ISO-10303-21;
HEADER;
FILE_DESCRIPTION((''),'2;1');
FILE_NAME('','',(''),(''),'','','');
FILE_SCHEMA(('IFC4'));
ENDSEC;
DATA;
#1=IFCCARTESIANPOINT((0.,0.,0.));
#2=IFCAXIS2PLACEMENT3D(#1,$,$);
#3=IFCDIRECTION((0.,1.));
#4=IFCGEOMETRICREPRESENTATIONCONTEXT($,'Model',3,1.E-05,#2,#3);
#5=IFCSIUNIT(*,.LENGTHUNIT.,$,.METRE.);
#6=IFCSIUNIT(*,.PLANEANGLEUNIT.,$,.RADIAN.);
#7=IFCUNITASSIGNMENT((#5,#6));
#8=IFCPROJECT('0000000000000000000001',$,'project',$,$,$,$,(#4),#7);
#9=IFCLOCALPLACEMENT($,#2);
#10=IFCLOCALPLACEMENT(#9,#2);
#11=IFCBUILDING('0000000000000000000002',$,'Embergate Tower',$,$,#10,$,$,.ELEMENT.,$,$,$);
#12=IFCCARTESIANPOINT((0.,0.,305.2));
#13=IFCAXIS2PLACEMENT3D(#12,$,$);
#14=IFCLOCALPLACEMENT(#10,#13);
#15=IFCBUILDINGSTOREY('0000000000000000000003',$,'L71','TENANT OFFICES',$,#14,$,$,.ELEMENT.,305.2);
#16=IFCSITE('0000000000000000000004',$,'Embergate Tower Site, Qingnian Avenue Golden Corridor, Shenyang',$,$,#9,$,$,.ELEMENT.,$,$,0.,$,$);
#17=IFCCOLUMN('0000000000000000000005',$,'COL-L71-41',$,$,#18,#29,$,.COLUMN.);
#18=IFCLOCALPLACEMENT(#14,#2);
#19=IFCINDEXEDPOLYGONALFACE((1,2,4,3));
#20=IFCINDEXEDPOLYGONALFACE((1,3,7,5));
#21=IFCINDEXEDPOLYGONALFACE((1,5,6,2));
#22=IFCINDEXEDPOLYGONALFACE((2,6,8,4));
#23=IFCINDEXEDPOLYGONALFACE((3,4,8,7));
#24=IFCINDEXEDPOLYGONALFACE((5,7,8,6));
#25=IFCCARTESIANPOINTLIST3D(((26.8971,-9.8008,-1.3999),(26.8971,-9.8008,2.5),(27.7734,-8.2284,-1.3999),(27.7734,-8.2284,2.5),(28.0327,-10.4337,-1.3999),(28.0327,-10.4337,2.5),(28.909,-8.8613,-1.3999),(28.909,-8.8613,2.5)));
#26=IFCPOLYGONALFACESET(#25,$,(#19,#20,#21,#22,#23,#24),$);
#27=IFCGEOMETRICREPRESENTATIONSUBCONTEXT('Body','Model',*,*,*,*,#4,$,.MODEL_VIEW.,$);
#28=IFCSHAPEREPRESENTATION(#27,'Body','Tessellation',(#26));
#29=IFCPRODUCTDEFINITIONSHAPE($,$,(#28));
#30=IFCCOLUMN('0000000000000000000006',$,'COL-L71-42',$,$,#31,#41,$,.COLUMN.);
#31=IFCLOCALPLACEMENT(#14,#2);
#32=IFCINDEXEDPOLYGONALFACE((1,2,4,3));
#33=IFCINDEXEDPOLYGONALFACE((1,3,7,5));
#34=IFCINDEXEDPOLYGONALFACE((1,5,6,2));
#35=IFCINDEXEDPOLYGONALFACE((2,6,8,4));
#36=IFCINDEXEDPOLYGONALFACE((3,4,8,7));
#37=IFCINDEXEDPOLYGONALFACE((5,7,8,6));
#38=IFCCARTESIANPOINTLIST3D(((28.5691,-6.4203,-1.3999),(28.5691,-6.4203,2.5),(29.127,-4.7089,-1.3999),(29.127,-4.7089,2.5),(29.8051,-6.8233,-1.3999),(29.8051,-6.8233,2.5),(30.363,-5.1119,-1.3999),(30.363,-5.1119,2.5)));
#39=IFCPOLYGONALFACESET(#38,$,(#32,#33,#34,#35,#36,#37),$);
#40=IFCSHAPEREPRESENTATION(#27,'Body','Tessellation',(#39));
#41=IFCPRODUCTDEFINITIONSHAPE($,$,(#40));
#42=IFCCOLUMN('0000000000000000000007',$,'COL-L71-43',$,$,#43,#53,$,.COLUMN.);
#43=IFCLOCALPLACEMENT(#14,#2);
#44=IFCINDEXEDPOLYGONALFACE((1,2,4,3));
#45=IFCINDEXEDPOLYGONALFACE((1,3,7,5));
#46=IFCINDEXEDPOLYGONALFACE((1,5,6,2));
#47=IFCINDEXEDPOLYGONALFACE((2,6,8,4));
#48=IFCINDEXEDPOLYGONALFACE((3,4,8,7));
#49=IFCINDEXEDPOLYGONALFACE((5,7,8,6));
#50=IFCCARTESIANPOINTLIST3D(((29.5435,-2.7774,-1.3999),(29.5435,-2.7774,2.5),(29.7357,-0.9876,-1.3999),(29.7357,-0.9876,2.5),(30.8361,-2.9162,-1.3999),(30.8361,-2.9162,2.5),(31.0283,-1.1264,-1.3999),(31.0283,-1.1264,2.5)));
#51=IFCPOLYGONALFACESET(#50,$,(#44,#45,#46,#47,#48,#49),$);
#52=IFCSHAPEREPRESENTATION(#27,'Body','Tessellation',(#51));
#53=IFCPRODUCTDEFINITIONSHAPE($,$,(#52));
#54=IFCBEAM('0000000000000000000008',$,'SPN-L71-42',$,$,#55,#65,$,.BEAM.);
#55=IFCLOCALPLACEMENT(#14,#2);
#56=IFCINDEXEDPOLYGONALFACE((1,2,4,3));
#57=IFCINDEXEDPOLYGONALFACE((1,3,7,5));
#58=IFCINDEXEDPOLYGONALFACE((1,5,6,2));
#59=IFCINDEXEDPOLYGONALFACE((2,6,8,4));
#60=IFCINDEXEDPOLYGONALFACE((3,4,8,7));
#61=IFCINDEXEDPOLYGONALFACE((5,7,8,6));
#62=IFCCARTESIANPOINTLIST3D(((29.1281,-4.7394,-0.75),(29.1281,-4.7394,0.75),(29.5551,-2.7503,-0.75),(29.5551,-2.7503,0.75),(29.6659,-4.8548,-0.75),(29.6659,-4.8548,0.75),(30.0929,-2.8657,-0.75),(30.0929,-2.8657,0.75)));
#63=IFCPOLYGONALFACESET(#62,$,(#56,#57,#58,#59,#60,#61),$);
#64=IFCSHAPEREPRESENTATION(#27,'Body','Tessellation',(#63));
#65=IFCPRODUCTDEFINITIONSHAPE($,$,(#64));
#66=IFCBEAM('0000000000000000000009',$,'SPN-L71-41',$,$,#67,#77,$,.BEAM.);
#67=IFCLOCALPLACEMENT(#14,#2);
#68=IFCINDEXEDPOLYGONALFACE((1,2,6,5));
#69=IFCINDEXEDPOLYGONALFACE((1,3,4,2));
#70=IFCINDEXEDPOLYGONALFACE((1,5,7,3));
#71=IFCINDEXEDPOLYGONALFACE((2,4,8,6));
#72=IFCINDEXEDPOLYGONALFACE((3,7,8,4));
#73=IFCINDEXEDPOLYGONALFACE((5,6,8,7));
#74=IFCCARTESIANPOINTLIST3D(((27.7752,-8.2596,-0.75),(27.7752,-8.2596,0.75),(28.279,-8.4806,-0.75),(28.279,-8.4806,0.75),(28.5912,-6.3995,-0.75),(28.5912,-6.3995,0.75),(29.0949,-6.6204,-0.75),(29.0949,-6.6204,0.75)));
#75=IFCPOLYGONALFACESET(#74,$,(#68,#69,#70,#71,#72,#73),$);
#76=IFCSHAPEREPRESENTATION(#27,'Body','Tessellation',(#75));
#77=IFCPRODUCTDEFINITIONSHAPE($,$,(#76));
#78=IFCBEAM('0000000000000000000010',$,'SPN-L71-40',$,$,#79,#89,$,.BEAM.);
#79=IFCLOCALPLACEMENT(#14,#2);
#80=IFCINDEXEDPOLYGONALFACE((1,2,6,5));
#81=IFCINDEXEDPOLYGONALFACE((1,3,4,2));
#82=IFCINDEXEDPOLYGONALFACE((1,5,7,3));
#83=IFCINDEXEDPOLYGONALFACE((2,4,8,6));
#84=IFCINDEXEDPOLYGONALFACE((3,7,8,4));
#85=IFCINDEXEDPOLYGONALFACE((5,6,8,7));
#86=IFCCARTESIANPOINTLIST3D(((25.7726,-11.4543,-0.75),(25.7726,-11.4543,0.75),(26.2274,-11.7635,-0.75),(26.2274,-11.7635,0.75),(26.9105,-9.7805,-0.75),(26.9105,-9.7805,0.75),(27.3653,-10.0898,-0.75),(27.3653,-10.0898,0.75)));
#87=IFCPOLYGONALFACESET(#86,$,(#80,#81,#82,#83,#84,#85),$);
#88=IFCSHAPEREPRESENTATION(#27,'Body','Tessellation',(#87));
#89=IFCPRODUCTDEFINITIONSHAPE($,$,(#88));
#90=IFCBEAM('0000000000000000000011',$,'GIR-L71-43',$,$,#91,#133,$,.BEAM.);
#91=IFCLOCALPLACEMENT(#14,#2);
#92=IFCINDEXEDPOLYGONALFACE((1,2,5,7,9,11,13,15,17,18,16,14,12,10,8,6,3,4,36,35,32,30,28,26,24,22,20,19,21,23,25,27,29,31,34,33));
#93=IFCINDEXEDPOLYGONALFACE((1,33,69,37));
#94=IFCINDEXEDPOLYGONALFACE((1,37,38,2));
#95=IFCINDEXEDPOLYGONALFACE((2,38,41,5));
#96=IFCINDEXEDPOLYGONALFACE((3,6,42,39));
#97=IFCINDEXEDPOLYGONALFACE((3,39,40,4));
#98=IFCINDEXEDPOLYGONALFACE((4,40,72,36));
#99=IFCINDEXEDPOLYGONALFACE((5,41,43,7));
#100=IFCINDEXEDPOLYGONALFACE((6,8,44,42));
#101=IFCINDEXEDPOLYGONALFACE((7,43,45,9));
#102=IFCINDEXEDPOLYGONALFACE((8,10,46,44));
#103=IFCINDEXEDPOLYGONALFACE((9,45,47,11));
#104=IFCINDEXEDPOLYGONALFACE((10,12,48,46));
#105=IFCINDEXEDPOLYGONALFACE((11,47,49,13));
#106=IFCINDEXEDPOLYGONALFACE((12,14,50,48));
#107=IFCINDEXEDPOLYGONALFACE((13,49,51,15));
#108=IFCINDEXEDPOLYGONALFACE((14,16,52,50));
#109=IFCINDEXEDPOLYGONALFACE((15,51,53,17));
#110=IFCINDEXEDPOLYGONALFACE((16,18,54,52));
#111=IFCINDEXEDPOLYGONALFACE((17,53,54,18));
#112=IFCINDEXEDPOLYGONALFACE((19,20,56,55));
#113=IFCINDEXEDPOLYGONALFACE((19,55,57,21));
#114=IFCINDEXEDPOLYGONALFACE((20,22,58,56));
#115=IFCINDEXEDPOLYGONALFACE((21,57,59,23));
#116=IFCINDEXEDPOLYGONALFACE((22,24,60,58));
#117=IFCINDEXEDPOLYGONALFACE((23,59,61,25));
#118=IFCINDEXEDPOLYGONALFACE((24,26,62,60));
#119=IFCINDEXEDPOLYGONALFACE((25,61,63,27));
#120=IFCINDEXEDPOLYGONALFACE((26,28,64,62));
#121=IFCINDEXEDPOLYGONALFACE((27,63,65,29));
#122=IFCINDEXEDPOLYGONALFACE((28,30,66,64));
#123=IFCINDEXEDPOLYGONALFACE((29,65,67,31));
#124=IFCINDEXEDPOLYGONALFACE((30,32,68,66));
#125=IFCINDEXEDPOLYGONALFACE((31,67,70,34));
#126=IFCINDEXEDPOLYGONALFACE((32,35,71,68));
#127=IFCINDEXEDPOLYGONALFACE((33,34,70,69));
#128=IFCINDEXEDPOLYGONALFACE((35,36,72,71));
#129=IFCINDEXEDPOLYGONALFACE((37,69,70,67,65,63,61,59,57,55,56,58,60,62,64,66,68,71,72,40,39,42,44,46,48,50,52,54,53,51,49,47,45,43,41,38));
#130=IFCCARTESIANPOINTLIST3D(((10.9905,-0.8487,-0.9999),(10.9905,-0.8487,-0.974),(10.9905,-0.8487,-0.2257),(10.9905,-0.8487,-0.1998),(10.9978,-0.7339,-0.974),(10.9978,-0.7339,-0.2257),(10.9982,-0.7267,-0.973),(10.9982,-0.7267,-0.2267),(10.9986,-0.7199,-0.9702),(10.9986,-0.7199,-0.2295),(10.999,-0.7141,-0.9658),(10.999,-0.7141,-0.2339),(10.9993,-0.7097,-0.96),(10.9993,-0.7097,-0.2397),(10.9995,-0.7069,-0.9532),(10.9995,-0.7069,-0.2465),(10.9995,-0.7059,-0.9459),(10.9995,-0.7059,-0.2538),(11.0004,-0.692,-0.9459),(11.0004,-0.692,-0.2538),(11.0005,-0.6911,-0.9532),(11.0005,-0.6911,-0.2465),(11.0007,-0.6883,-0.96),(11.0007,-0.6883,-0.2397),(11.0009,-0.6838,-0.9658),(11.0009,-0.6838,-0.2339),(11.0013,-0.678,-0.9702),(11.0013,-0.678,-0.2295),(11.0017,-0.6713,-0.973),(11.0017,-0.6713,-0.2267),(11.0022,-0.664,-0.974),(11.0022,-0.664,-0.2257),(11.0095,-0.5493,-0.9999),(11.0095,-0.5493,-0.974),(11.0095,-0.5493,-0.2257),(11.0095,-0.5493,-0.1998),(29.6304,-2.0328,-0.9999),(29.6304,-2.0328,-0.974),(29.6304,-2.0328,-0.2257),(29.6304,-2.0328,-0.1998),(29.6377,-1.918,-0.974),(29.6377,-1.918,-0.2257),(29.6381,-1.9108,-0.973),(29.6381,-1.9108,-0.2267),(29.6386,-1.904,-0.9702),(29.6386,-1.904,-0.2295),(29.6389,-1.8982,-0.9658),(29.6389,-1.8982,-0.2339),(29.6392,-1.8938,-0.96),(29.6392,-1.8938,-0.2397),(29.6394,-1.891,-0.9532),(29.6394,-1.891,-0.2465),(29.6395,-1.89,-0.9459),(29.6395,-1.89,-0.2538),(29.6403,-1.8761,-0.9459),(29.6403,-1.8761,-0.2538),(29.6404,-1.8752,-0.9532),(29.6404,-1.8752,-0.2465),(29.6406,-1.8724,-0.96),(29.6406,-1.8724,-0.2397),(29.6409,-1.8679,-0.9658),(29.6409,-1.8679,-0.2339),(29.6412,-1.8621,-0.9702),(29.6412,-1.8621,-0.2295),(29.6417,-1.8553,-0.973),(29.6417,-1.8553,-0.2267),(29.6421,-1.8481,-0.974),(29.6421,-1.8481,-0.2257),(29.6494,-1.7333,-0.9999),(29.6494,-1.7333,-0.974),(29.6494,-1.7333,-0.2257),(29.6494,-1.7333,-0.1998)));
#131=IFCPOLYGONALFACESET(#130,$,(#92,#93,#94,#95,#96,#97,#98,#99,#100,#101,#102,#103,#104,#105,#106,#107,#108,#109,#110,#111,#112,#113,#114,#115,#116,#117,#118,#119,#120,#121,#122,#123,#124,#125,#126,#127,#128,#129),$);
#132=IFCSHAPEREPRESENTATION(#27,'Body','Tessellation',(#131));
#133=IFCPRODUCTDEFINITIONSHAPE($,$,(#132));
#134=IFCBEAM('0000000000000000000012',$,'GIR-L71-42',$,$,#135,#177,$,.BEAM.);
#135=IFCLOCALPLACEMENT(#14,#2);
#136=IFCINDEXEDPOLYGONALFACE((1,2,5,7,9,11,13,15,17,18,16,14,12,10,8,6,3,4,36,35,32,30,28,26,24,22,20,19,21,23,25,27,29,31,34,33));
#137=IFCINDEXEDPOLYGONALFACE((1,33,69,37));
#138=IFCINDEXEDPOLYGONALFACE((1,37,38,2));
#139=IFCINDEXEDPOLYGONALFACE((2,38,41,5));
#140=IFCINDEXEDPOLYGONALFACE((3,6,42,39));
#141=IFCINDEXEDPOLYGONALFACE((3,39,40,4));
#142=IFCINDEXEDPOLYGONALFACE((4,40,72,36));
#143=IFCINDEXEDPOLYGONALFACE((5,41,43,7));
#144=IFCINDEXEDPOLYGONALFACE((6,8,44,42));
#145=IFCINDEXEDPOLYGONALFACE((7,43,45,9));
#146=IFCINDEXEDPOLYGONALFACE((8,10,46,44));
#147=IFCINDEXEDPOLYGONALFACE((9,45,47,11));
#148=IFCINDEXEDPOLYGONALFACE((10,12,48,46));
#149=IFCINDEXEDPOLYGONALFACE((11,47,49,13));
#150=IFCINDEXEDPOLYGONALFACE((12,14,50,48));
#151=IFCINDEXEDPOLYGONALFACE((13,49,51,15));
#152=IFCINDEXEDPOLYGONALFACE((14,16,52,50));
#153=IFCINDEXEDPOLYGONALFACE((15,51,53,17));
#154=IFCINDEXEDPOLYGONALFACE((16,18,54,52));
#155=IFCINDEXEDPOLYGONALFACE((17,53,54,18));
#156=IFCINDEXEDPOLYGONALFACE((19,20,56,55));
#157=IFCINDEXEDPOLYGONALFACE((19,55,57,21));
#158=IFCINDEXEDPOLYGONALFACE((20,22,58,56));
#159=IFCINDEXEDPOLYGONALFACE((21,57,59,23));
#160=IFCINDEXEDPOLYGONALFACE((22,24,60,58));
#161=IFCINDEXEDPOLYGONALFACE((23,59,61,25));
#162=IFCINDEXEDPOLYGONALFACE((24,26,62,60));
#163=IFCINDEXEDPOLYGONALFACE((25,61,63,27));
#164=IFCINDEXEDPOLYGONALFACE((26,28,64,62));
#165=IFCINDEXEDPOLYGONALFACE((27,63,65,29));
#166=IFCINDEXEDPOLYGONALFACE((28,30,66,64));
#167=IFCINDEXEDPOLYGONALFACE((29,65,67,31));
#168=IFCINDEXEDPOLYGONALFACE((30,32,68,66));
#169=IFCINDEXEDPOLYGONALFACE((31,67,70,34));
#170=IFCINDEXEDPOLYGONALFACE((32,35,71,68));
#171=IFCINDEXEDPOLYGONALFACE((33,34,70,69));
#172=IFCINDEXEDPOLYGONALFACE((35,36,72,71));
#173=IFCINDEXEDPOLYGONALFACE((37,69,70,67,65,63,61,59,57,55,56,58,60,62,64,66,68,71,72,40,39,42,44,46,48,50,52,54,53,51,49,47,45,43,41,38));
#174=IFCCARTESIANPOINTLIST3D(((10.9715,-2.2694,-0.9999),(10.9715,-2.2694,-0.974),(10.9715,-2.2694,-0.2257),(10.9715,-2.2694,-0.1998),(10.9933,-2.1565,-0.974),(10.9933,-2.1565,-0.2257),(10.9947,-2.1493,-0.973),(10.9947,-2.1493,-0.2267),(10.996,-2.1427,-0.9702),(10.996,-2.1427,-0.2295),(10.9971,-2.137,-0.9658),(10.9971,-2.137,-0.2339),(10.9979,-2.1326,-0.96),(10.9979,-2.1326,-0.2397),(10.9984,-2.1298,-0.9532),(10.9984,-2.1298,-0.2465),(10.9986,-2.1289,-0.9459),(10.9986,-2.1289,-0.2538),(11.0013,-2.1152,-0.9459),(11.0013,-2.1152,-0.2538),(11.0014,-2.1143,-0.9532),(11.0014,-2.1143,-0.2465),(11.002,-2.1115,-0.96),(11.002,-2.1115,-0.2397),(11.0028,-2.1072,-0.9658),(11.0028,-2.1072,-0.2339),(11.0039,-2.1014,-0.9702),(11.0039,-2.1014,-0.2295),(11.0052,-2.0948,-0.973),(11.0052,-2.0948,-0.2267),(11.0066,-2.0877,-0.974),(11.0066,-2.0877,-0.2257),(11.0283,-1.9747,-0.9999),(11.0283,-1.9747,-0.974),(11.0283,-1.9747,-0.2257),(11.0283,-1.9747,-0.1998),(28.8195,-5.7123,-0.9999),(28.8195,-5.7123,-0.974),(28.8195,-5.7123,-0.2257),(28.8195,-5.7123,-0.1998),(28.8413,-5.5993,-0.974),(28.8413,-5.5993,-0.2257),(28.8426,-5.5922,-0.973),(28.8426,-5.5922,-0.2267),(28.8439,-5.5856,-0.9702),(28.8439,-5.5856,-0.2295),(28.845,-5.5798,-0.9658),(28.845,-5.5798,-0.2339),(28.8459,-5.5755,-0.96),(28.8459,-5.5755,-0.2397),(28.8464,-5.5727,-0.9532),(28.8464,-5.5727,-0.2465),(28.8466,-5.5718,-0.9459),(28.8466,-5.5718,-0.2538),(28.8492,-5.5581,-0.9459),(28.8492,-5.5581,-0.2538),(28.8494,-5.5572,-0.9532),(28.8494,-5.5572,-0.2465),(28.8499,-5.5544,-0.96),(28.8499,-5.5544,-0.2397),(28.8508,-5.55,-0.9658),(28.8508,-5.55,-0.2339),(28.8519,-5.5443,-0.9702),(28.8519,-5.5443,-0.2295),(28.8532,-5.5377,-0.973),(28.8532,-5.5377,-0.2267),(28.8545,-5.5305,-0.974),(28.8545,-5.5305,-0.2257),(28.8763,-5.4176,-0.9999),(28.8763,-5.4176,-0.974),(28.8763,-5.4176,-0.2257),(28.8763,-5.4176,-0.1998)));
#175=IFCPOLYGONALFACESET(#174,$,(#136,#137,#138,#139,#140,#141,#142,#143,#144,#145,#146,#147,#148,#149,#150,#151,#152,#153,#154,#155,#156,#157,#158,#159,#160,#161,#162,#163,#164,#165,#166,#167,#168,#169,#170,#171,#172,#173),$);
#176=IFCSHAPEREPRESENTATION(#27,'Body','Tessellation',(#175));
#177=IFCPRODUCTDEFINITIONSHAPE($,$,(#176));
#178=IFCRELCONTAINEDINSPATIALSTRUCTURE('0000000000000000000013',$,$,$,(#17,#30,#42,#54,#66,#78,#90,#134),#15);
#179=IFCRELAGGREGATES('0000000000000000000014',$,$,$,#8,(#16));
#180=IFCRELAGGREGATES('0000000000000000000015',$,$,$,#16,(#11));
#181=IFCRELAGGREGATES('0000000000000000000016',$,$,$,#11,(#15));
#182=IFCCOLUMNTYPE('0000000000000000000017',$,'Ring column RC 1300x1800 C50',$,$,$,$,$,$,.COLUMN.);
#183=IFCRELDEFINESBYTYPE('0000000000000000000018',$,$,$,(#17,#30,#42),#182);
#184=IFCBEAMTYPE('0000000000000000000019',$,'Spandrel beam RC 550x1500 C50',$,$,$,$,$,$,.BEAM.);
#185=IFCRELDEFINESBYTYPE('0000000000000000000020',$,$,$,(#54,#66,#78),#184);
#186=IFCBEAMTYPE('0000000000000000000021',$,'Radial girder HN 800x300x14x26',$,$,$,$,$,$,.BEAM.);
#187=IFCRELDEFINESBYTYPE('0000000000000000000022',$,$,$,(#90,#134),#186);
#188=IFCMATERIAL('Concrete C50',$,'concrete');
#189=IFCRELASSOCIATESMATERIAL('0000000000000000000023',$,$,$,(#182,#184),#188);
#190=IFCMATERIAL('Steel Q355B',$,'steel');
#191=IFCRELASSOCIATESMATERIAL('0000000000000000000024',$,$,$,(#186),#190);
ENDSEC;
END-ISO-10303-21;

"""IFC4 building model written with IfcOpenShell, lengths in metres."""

from ifc_helpers import new_model, si_unit, direction, frame, origin, origin_2d, place, context, subcontext, project, spatial, rectangle, i_section, extrude, source, transform, mapped, material, material_profile, profile_set, type_object, element, save


model = new_model("IFC4")

# Units and contexts
model_context = context("Model", 3, precision=1e-05, world=origin(), true_north=direction((0.0, 1.0)))
body_context = subcontext(model_context, "Body", "Model", "MODEL_VIEW")
ifc_project = project(units=[si_unit("LENGTHUNIT", "METRE"), si_unit("PLANEANGLEUNIT", "RADIAN")], contexts=[model_context])

# Site, building, storey
site_placement = place(None, origin())
site = spatial("IfcSite", under=ifc_project, at=site_placement, Name="Embergate Tower Site, Qingnian Avenue Golden Corridor, Shenyang", CompositionType="ELEMENT", RefElevation=0.0)
building_placement = place(site_placement, origin())
building = spatial("IfcBuilding", under=site, at=building_placement, Name="Embergate Tower", CompositionType="ELEMENT")
storey_placement = place(building_placement, frame((0.0, 0.0, 305.2)))
storey = spatial("IfcBuildingStorey", under=building, at=storey_placement, Name="L71", Description="TENANT OFFICES", CompositionType="ELEMENT", Elevation=305.2)

# Columns
ifc_material_1 = material(Name="Concrete C50", Category="concrete")
ifc_material_profile_1 = material_profile(ifc_material_1, rectangle(XDim=1.3, YDim=1.8, at=origin_2d()), Name="RC 1300x1800")
ifc_profile_set_1 = profile_set([ifc_material_profile_1], Name="Concrete C50")
column_type = type_object("IfcColumnType", Name="Ring column RC 1300x1800 C50", PredefinedType="COLUMN", material=ifc_profile_set_1)
shared_shape_1 = source(origin(), body_context, "Body", "SweptSolid", [
    extrude(rectangle(XDim=1.3, YDim=1.8, at=origin_2d()), origin(), (0.0, 0.0, 1.0), 3.8999),
])
for number, where, z_axis, x_axis, name in (
    (1, (27.9031, -9.3311, -1.3999), (0.0, 0.0, 1.0), (0.8735, -0.486823, 0.0), "COL-L71-41"),
    (2, (29.4661, -5.7661, -1.3999), (0.0, 0.0, 1.0), (0.950754, -0.309946, 0.0), "COL-L71-42"),
    (3, (30.2859, -1.9519, -1.3999), (0.0, 0.0, 1.0), (0.994286, -0.10675, 0.0), "COL-L71-43"),
):
    element("IfcColumn", number, at=place(storey_placement, frame(where, z_axis=z_axis, x_axis=x_axis)), inside=storey, type_object=column_type, Name=name, PredefinedType="COLUMN", context=body_context, shape_type="MappedRepresentation", body=[
        mapped(shared_shape_1, transform((0.0, 0.0, 0.0))),
    ])

# Beams
ifc_material_profile_2 = material_profile(ifc_material_1, rectangle(XDim=0.55, YDim=1.5, at=origin_2d()), Name="RC 550x1500")
ifc_profile_set_2 = profile_set([ifc_material_profile_2], Name="Concrete C50")
beam_type_1 = type_object("IfcBeamType", Name="Spandrel beam RC 550x1500 C50", PredefinedType="BEAM", material=ifc_profile_set_2)
shared_shape_2 = source(origin(), body_context, "Body", "SweptSolid", [
    extrude(rectangle(XDim=0.55, YDim=1.5, at=origin_2d()), origin(), (0.0, 0.0, 1.0), 2.0344),
])
beam_1_placement = place(storey_placement, frame((29.397, -4.7971, 0.0), z_axis=(0.209898, 0.977723, 0.0), x_axis=(-0.977723, 0.209898, 0.0)))
element("IfcBeam", 4, at=beam_1_placement, inside=storey, type_object=beam_type_1, Name="SPN-L71-42", PredefinedType="BEAM", context=body_context, shape_type="MappedRepresentation", body=[
    mapped(shared_shape_2, transform((0.0, 0.0, 0.0))),
])
shared_shape_3 = source(origin(), body_context, "Body", "SweptSolid", [
    extrude(rectangle(XDim=0.55, YDim=1.5, at=origin_2d()), origin(), (0.0, 0.0, 1.0), 2.0312),
])
beam_2_placement = place(storey_placement, frame((28.0271, -8.3701, 0.0), z_axis=(0.401695, 0.915773, 0.0), x_axis=(-0.915773, 0.401695, 0.0)))
element("IfcBeam", 5, at=beam_2_placement, inside=storey, type_object=beam_type_1, Name="SPN-L71-41", PredefinedType="BEAM", context=body_context, shape_type="MappedRepresentation", body=[
    mapped(shared_shape_3, transform((0.0, 0.0, 0.0))),
])
shared_shape_4 = source(origin(), body_context, "Body", "SweptSolid", [
    extrude(rectangle(XDim=0.55, YDim=1.5, at=origin_2d()), origin(), (0.0, 0.0, 1.0), 2.0239),
])
beam_3_placement = place(storey_placement, frame((26.0, -11.6089, 0.0), z_axis=(0.562221, 0.826987, 0.0), x_axis=(-0.826987, 0.562221, 0.0)))
element("IfcBeam", 6, at=beam_3_placement, inside=storey, type_object=beam_type_1, Name="SPN-L71-40", PredefinedType="BEAM", context=body_context, shape_type="MappedRepresentation", body=[
    mapped(shared_shape_4, transform((0.0, 0.0, 0.0))),
])
ifc_material_2 = material(Name="Steel Q355B", Category="steel")
ifc_material_profile_3 = material_profile(ifc_material_2, i_section(OverallWidth=0.3, OverallDepth=0.8, WebThickness=0.0139, FlangeThickness=0.0259, FilletRadius=0.0281, at=origin_2d()), Name="HN 800x300x14x26")
ifc_profile_set_3 = profile_set([ifc_material_profile_3], Name="Steel Q355 grade B")
beam_type_2 = type_object("IfcBeamType", Name="Radial girder HN 800x300x14x26", PredefinedType="BEAM", material=ifc_profile_set_3)
shared_shape_5 = source(origin(), body_context, "Body", "SweptSolid", [
    extrude(i_section(OverallWidth=0.3, OverallDepth=0.8, WebThickness=0.0139, FlangeThickness=0.0259, FilletRadius=0.0281, at=origin_2d()), origin(), (0.0, 0.0, 1.0), 18.6775),
])
beam_4_placement = place(storey_placement, frame((29.6399, -1.8831, -0.5999), z_axis=(-0.997988, 0.063396, 0.0), x_axis=(-0.063396, -0.997988, 0.0)))
element("IfcBeam", 7, at=beam_4_placement, inside=storey, type_object=beam_type_2, Name="GIR-L71-43", PredefinedType="BEAM", context=body_context, shape_type="MappedRepresentation", body=[
    mapped(shared_shape_5, transform((0.0, 0.0, 0.0))),
])
shared_shape_6 = source(origin(), body_context, "Body", "SweptSolid", [
    extrude(i_section(OverallWidth=0.3, OverallDepth=0.8, WebThickness=0.0139, FlangeThickness=0.0259, FilletRadius=0.0281, at=origin_2d()), origin(), (0.0, 0.0, 1.0), 18.177),
])
beam_5_placement = place(storey_placement, frame((28.8479, -5.5649, -0.5999), z_axis=(-0.981898, 0.189409, 0.0), x_axis=(-0.189409, -0.981898, 0.0)))
element("IfcBeam", 8, at=beam_5_placement, inside=storey, type_object=beam_type_2, Name="GIR-L71-42", PredefinedType="BEAM", context=body_context, shape_type="MappedRepresentation", body=[
    mapped(shared_shape_6, transform((0.0, 0.0, 0.0))),
])

save(model, "model.ifc")
